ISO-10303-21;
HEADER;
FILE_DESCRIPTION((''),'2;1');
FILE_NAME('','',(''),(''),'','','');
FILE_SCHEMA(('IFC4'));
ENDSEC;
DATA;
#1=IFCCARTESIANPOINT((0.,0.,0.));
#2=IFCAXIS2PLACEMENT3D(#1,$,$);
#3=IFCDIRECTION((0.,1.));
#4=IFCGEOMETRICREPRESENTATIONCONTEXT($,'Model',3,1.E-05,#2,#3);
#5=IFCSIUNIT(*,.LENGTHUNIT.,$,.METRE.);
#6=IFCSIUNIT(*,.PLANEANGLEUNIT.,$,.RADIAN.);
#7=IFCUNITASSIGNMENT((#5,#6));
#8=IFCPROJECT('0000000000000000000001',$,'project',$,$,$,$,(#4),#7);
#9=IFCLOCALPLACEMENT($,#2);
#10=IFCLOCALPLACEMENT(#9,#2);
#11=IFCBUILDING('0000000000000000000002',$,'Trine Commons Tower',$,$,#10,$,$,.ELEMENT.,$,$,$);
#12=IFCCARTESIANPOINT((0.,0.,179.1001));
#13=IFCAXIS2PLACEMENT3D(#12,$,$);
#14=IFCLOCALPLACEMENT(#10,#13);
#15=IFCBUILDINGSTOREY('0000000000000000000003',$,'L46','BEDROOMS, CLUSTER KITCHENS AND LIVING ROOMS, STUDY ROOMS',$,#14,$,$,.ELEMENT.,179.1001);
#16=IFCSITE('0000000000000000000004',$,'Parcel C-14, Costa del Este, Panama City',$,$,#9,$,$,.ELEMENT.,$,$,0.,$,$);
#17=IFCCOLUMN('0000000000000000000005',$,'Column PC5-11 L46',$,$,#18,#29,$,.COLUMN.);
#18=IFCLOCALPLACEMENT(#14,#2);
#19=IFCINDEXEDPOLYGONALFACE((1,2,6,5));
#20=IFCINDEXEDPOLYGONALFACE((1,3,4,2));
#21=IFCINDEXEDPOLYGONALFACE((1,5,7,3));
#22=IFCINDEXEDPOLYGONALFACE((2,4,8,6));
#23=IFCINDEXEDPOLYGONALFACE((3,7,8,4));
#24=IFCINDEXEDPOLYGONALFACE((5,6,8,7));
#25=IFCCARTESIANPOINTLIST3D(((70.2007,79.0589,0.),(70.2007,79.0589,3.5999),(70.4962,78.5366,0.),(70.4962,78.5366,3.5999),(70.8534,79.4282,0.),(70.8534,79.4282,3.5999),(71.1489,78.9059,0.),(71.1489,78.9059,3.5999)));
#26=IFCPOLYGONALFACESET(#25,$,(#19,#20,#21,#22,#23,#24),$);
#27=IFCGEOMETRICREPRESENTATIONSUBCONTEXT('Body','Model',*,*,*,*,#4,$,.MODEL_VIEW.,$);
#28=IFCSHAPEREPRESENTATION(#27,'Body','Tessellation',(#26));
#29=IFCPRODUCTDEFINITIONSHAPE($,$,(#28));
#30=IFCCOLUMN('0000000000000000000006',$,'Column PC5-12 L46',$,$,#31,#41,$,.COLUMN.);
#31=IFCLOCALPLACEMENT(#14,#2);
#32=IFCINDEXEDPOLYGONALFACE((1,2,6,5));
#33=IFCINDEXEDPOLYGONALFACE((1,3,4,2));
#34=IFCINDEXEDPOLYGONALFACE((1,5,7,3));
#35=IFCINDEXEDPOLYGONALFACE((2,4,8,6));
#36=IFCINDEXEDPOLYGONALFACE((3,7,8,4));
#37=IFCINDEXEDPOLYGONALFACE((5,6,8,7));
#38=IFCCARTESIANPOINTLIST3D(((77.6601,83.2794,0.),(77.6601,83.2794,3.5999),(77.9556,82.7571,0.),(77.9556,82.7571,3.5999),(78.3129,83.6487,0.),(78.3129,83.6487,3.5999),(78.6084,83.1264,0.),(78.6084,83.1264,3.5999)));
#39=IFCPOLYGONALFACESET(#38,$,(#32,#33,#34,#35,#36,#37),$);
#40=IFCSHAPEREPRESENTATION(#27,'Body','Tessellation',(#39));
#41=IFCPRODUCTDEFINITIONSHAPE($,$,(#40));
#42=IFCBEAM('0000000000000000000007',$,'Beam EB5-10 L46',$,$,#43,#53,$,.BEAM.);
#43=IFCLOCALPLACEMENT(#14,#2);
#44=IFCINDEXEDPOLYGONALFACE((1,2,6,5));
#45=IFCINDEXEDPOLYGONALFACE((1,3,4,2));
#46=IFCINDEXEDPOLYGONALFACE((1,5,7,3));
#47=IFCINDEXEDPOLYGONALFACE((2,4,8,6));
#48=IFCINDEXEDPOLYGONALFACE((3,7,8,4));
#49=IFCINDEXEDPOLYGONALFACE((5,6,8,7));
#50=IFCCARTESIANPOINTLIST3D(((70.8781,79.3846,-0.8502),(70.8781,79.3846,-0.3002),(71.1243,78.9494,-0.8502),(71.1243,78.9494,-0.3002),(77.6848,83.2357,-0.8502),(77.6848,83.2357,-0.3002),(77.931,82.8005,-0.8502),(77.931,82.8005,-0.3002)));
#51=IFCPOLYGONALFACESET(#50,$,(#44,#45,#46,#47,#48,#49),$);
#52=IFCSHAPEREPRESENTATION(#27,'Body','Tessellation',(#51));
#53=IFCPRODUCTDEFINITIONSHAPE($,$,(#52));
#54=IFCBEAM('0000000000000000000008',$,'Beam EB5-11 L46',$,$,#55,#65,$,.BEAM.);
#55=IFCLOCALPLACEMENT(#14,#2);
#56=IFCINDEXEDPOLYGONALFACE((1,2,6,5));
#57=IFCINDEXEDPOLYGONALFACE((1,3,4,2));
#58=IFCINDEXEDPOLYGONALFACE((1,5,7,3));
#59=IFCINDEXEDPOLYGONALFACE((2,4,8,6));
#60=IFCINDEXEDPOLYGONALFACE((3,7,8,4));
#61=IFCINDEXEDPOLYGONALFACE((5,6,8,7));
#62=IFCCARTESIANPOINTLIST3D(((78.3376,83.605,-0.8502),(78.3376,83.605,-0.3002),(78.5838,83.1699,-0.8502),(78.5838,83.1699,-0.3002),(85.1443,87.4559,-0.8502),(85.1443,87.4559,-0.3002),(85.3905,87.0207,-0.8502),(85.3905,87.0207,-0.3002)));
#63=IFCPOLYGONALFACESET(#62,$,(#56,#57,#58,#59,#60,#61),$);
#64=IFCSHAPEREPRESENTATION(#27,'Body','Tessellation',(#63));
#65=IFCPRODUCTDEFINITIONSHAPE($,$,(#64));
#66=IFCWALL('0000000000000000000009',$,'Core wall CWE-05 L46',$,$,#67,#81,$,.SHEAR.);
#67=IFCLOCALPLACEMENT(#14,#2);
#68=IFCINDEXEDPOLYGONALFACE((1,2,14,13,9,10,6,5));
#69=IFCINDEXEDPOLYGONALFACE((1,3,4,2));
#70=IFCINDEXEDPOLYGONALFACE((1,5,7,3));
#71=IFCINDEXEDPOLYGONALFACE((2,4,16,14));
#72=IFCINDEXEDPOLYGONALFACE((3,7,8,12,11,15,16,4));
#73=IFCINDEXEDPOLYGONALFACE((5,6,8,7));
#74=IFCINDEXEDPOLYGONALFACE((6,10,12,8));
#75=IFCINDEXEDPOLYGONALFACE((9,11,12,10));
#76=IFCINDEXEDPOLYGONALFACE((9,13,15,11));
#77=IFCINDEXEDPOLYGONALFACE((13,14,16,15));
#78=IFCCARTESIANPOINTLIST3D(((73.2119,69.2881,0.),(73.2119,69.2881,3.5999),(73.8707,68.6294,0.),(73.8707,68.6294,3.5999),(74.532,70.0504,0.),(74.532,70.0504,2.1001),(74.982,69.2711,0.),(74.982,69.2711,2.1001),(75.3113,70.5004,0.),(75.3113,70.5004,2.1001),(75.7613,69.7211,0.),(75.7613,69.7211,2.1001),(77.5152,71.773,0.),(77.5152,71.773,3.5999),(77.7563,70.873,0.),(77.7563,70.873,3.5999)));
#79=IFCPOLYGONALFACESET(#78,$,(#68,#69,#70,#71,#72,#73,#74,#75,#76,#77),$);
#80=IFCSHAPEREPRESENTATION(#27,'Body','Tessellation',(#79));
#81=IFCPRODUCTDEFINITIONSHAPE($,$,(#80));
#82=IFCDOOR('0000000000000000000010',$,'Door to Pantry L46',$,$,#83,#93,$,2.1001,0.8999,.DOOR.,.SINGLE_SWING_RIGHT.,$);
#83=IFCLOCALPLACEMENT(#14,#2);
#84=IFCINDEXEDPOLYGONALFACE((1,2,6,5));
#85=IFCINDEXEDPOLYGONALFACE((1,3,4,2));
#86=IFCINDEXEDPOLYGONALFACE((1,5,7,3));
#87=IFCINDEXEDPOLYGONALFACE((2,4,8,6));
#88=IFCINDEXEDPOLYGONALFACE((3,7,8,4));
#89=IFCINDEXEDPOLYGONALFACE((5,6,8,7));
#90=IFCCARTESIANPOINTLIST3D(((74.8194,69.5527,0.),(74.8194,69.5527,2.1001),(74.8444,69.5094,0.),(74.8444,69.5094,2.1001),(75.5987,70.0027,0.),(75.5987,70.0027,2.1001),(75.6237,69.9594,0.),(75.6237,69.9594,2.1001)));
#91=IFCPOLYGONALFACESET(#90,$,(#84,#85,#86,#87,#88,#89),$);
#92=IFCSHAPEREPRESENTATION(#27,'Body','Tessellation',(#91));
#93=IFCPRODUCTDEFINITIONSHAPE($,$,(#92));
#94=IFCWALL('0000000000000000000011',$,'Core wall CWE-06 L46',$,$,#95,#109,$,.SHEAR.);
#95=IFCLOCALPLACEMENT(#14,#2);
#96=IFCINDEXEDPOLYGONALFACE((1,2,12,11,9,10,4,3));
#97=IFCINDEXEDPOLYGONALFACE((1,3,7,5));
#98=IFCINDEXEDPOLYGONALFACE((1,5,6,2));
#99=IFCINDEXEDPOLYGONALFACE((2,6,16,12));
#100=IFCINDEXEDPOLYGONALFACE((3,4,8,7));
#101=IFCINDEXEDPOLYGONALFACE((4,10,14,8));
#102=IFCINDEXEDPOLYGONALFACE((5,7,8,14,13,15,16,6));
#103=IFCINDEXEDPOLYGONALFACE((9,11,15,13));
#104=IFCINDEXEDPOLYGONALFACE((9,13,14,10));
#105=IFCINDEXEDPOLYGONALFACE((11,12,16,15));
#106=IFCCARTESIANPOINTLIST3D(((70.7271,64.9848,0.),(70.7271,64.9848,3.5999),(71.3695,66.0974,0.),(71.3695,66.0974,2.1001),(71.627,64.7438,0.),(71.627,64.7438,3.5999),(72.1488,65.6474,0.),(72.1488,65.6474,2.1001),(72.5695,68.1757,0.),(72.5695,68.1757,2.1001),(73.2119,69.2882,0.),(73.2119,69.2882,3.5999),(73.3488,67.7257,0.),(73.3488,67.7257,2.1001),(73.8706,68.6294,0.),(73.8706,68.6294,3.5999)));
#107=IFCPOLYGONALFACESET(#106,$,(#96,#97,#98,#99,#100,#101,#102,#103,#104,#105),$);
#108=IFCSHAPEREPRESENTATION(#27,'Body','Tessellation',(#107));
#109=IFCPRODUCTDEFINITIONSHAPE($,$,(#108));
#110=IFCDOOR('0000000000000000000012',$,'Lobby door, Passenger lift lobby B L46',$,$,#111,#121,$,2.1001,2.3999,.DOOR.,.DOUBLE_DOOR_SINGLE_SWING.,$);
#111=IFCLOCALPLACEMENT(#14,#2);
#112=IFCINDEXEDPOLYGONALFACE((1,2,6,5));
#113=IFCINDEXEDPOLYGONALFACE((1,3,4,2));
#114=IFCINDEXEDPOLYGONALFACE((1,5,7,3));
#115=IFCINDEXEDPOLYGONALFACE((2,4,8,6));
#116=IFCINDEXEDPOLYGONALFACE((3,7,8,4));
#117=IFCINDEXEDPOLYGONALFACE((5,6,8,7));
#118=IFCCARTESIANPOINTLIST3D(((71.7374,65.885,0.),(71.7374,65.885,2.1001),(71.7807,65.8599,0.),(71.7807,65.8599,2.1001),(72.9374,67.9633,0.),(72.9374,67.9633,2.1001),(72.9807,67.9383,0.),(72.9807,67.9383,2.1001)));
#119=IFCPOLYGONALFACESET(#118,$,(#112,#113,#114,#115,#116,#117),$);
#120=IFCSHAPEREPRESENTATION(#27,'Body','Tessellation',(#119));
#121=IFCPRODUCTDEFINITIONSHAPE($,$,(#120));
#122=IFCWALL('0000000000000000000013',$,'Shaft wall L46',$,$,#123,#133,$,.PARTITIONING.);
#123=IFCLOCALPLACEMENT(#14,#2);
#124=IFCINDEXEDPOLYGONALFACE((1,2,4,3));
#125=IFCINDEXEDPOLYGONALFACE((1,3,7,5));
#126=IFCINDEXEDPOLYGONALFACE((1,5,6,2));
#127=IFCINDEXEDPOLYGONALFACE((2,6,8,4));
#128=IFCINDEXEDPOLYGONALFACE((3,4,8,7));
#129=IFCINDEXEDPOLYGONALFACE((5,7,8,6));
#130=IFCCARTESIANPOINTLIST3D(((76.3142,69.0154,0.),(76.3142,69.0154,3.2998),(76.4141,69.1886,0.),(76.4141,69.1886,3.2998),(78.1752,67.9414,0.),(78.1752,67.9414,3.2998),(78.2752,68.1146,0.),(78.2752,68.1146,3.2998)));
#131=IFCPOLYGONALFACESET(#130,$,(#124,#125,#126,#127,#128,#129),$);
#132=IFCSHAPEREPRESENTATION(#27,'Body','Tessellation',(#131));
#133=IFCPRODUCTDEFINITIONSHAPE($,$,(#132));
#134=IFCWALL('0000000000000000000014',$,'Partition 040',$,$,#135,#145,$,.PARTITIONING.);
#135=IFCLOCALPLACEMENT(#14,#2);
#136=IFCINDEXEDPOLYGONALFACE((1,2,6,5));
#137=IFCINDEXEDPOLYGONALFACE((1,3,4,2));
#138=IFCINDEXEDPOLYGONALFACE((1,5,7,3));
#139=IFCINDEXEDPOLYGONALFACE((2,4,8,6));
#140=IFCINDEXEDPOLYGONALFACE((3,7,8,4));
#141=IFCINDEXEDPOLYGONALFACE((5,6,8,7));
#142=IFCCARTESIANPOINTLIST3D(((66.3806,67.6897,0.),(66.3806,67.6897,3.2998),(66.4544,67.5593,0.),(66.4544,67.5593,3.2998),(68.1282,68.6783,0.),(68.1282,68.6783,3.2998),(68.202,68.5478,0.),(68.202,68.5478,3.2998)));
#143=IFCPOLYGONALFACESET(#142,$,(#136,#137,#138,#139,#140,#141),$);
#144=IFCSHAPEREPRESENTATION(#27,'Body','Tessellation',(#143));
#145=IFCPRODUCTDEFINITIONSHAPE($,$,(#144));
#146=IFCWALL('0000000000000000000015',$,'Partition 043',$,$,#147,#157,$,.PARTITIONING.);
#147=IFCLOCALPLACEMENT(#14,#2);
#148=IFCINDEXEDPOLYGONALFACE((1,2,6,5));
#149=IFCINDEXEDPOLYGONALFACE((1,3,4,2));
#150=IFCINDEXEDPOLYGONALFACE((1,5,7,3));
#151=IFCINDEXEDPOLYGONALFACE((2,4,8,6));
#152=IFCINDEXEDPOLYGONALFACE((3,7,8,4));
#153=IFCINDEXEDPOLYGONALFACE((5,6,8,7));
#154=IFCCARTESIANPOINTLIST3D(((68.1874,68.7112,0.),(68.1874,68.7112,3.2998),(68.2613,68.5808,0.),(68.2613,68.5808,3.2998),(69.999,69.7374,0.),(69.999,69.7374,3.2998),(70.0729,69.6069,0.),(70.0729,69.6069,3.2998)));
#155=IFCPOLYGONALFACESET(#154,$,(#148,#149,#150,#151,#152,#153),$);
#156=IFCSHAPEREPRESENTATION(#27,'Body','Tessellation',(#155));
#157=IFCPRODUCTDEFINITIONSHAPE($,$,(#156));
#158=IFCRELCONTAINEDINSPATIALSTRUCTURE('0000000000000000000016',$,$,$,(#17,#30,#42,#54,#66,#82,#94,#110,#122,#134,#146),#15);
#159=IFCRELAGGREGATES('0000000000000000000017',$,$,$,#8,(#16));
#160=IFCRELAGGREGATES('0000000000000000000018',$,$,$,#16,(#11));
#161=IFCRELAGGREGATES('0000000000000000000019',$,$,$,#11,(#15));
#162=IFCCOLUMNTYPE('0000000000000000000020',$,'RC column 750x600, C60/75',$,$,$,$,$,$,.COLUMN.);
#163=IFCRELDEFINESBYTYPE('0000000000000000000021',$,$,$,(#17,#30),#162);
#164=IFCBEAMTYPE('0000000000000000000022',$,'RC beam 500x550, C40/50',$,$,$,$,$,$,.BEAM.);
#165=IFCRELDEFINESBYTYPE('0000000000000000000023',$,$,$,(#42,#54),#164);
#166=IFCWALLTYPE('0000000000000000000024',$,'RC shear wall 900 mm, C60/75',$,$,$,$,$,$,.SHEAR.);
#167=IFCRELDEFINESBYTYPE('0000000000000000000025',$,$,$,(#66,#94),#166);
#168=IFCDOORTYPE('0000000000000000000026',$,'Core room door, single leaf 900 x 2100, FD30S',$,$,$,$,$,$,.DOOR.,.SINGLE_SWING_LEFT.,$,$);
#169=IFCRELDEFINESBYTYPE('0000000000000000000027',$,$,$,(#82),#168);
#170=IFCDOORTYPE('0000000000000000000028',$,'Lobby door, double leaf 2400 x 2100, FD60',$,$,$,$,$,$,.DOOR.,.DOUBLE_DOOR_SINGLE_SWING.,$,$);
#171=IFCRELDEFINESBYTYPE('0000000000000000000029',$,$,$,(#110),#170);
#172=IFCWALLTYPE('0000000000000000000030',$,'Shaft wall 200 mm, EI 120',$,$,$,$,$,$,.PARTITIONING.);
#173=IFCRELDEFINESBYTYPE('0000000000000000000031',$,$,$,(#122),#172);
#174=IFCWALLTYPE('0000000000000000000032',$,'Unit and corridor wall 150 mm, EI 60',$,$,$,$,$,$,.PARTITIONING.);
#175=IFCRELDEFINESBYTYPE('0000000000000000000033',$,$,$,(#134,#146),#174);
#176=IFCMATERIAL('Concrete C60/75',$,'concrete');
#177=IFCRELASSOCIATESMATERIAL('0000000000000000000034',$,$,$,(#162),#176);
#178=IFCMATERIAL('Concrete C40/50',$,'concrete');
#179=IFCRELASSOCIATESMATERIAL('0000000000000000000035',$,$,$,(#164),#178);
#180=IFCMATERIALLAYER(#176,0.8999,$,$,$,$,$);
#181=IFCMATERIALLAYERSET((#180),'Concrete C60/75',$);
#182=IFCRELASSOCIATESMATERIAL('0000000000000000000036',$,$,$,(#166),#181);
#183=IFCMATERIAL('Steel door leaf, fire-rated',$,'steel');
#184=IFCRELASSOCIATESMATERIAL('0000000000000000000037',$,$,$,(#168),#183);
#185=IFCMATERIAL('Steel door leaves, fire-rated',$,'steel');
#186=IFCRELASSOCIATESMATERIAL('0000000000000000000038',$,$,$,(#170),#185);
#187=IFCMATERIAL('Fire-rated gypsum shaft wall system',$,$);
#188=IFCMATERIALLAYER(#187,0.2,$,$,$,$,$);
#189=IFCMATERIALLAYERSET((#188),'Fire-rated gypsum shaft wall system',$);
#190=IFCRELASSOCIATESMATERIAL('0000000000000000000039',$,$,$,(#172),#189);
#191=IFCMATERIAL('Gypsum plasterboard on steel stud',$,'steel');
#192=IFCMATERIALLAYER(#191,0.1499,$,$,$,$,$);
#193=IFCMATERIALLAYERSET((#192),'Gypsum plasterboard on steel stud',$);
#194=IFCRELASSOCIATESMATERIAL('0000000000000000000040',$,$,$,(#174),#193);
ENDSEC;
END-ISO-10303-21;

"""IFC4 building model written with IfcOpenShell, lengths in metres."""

from ifc_helpers import new_model, si_unit, direction, frame, frame_2d, origin, origin_2d, place, context, subcontext, project, spatial, polyline, rectangle, outline, extrude, material, layer, layer_set, material_profile, profile_set, type_object, element, fill, save


model = new_model("IFC4")

# Units and contexts
model_context = context("Model", 3, precision=1e-05, world=origin(), true_north=direction((0.0, 1.0)))
body_context = subcontext(model_context, "Body", "Model", "MODEL_VIEW")
ifc_project = project(units=[si_unit("LENGTHUNIT", "METRE"), si_unit("PLANEANGLEUNIT", "RADIAN")], contexts=[model_context])

# Site, building, storey
site_placement = place(None, origin())
site = spatial("IfcSite", under=ifc_project, at=site_placement, Name="Parcel C-14, Costa del Este, Panama City", CompositionType="ELEMENT", RefElevation=0.0)
building_placement = place(site_placement, origin())
building = spatial("IfcBuilding", under=site, at=building_placement, Name="Trine Commons Tower", CompositionType="ELEMENT")
storey_placement = place(building_placement, frame((0.0, 0.0, 179.1001)))
storey = spatial("IfcBuildingStorey", under=building, at=storey_placement, Name="L46", Description="BEDROOMS, CLUSTER KITCHENS AND LIVING ROOMS, STUDY ROOMS", CompositionType="ELEMENT", Elevation=179.1001)

# Columns
ifc_material_1 = material(Name="Concrete C60/75", Category="concrete")
ifc_material_profile_1 = material_profile(ifc_material_1, rectangle(XDim=0.75, YDim=0.6001, at=origin_2d()), Name="RC 750x600")
ifc_profile_set_1 = profile_set([ifc_material_profile_1], Name="Concrete C60/75")
column_type = type_object("IfcColumnType", Name="RC column 750x600, C60/75", PredefinedType="COLUMN", material=ifc_profile_set_1)
for number, where, z_axis, x_axis, name in (
    (1, (70.6748, 78.9824, 0.0), (0.0, 0.0, 1.0), (0.870356, 0.492424, 0.0), "Column PC5-11 L46"),
    (2, (78.1343, 83.2029, 0.0), (0.0, 0.0, 1.0), (0.870356, 0.492424, 0.0), "Column PC5-12 L46"),
):
    element("IfcColumn", number, at=place(storey_placement, frame(where, z_axis=z_axis, x_axis=x_axis)), inside=storey, type_object=column_type, Name=name, PredefinedType="COLUMN", context=body_context, shape_type="SweptSolid", body=[
        extrude(rectangle(XDim=0.75, YDim=0.6001, at=origin_2d()), origin(), (0.0, 0.0, 1.0), 3.5999),
    ])

# Beams
ifc_material_2 = material(Name="Concrete C40/50", Category="concrete")
ifc_material_profile_2 = material_profile(ifc_material_2, rectangle(XDim=0.5, YDim=0.55, at=origin_2d()), Name="RC 500x550")
ifc_profile_set_2 = profile_set([ifc_material_profile_2], Name="Concrete C40/50")
beam_type = type_object("IfcBeamType", Name="RC beam 500x550, C40/50", PredefinedType="BEAM", material=ifc_profile_set_2)
for number, where, z_axis, x_axis, name in (
    (3, (71.0012, 79.167, -0.5752), (0.870352, 0.49243, 0.0), (-0.49243, 0.870352, 0.0), "Beam EB5-10 L46"),
    (4, (78.4607, 83.3875, -0.5752), (0.870366, 0.492406, 0.0), (-0.492406, 0.870366, 0.0), "Beam EB5-11 L46"),
):
    element("IfcBeam", number, at=place(storey_placement, frame(where, z_axis=z_axis, x_axis=x_axis)), inside=storey, type_object=beam_type, Name=name, PredefinedType="BEAM", context=body_context, shape_type="SweptSolid", body=[
        extrude(rectangle(XDim=0.5, YDim=0.55, at=origin_2d()), origin(), (0.0, 0.0, 1.0), 7.8206),
    ])

# Walls, openings, doors
ifc_layer_1 = layer(ifc_material_1, 0.8999)
ifc_layer_set_1 = layer_set([ifc_layer_1], Name="Concrete C60/75")
wall_type_1 = type_object("IfcWallType", Name="RC shear wall 900 mm, C60/75", PredefinedType="SHEAR", material=ifc_layer_set_1)
wall_1_placement = place(storey_placement, frame((77.7402, 71.3833, 0.0), z_axis=(0.0, 0.0, 1.0), x_axis=(-0.866003, -0.500039, 0.0)))
wall_1 = element("IfcWall", 5, at=wall_1_placement, inside=storey, type_object=wall_type_1, Name="Core wall CWE-05 L46", PredefinedType="SHEAR", context=body_context, shape_type="SweptSolid", body=[
    extrude(outline(polyline([(0.0, -0.45), (4.9692, -0.45), (4.728, 0.45), (0.2412, 0.45), (0.0, -0.45)])), origin(), (0.0, 0.0, 1.0), 3.5999),
])
opening_1_placement = place(wall_1_placement, frame((2.5449, 0.0, 0.0)))
opening_1 = element("IfcOpeningElement", 6, at=opening_1_placement, cuts=wall_1, PredefinedType="OPENING", context=body_context, shape_type="SweptSolid", body=[
    extrude(rectangle(XDim=0.8999, YDim=2.1001, at=frame_2d((0.45, 1.05))), frame((0.0, 0.46, 0.0), z_axis=(0.0, -1.0, 0.0), x_axis=(1.0, 0.0, 0.0)), (0.0, 0.0, 1.0), 0.9199),
])
ifc_material_3 = material(Name="Steel door leaf, fire-rated", Category="steel")
door_type_1 = type_object("IfcDoorType", Name="Core room door, single leaf 900 x 2100, FD30S", OperationType="SINGLE_SWING_LEFT", PredefinedType="DOOR", material=ifc_material_3)
door_1_placement = place(opening_1_placement, origin())
door_1 = element("IfcDoor", 7, at=door_1_placement, inside=storey, type_object=door_type_1, Name="Door to Pantry L46", OperationType="SINGLE_SWING_RIGHT", OverallHeight=2.1001, OverallWidth=0.8999, PredefinedType="DOOR", context=body_context, shape_type="SweptSolid", body=[
    extrude(rectangle(XDim=0.8999, YDim=2.1001, at=frame_2d((0.45, 1.05))), frame((0.0, 0.1748, 0.0), z_axis=(0.0, -1.0, 0.0), x_axis=(1.0, 0.0, 0.0)), (0.0, 0.0, 1.0), 0.05),
])
fill(opening_1, door_1)
wall_2_placement = place(storey_placement, frame((73.6016, 69.0632, 0.0), z_axis=(0.0, 0.0, 1.0), x_axis=(-0.500039, -0.866003, 0.0)))
wall_2 = element("IfcWall", 8, at=wall_2_placement, inside=storey, type_object=wall_type_1, Name="Core wall CWE-06 L46", PredefinedType="SHEAR", context=body_context, shape_type="SweptSolid", body=[
    extrude(outline(polyline([(0.0, -0.45), (4.9692, -0.45), (4.728, 0.45), (0.2412, 0.45), (0.0, -0.45)])), origin(), (0.0, 0.0, 1.0), 3.5999),
])
opening_2_placement = place(wall_2_placement, frame((1.2847, 0.0, 0.0)))
opening_2 = element("IfcOpeningElement", 9, at=opening_2_placement, cuts=wall_2, PredefinedType="OPENING", context=body_context, shape_type="SweptSolid", body=[
    extrude(rectangle(XDim=2.3999, YDim=2.1001, at=frame_2d((1.2, 1.05))), frame((0.0, 0.46, 0.0), z_axis=(0.0, -1.0, 0.0), x_axis=(1.0, 0.0, 0.0)), (0.0, 0.0, 1.0), 0.9199),
])
ifc_material_4 = material(Name="Steel door leaves, fire-rated", Category="steel")
door_type_2 = type_object("IfcDoorType", Name="Lobby door, double leaf 2400 x 2100, FD60", OperationType="DOUBLE_DOOR_SINGLE_SWING", PredefinedType="DOOR", material=ifc_material_4)
door_2_placement = place(opening_2_placement, origin())
door_2 = element("IfcDoor", 10, at=door_2_placement, inside=storey, type_object=door_type_2, Name="Lobby door, Passenger lift lobby B L46", OperationType="DOUBLE_DOOR_SINGLE_SWING", OverallHeight=2.1001, OverallWidth=2.3999, PredefinedType="DOOR", context=body_context, shape_type="SweptSolid", body=[
    extrude(rectangle(XDim=2.3999, YDim=2.1001, at=frame_2d((1.2, 1.05))), frame((0.0, 0.0249, 0.0), z_axis=(0.0, -1.0, 0.0), x_axis=(1.0, 0.0, 0.0)), (0.0, 0.0, 1.0), 0.05),
])
fill(opening_2, door_2)

# Walls
ifc_material_5 = material(Name="Fire-rated gypsum shaft wall system")
ifc_layer_2 = layer(ifc_material_5, 0.2)
ifc_layer_set_2 = layer_set([ifc_layer_2], Name="Fire-rated gypsum shaft wall system")
wall_type_2 = type_object("IfcWallType", Name="Shaft wall 200 mm, EI 120", PredefinedType="PARTITIONING", material=ifc_layer_set_2)
wall_3_placement = place(storey_placement, frame((78.2251, 68.0281, 0.0), z_axis=(0.0, 0.0, 1.0), x_axis=(-0.866131, 0.499818, 0.0)))
element("IfcWall", 11, at=wall_3_placement, inside=storey, type_object=wall_type_2, Name="Shaft wall L46", PredefinedType="PARTITIONING", context=body_context, shape_type="SweptSolid", body=[
    extrude(rectangle(XDim=2.1487, YDim=0.2, at=frame_2d((1.0742, 0.0))), origin(), (0.0, 0.0, 1.0), 3.2998),
])
ifc_material_6 = material(Name="Gypsum plasterboard on steel stud", Category="steel")
ifc_layer_3 = layer(ifc_material_6, 0.1499)
ifc_layer_set_3 = layer_set([ifc_layer_3], Name="Gypsum plasterboard on steel stud")
wall_type_3 = type_object("IfcWallType", Name="Unit and corridor wall 150 mm, EI 60", PredefinedType="PARTITIONING", material=ifc_layer_set_3)
wall_4_placement = place(storey_placement, frame((66.4175, 67.6245, 0.0), z_axis=(0.0, 0.0, 1.0), x_axis=(0.870397, 0.49235, 0.0)))
element("IfcWall", 12, at=wall_4_placement, inside=storey, type_object=wall_type_3, Name="Partition 040", PredefinedType="PARTITIONING", context=body_context, shape_type="SweptSolid", body=[
    extrude(rectangle(XDim=2.0078, YDim=0.1499, at=frame_2d((1.0039, 0.0))), origin(), (0.0, 0.0, 1.0), 3.2998),
])
wall_5_placement = place(storey_placement, frame((68.2244, 68.646, 0.0), z_axis=(0.0, 0.0, 1.0), x_axis=(0.870106, 0.492865, 0.0)))
element("IfcWall", 13, at=wall_5_placement, inside=storey, type_object=wall_type_3, Name="Partition 043", PredefinedType="PARTITIONING", context=body_context, shape_type="SweptSolid", body=[
    extrude(rectangle(XDim=2.082, YDim=0.1499, at=frame_2d((1.041, 0.0))), origin(), (0.0, 0.0, 1.0), 3.2998),
])

save(model, "model.ifc")
